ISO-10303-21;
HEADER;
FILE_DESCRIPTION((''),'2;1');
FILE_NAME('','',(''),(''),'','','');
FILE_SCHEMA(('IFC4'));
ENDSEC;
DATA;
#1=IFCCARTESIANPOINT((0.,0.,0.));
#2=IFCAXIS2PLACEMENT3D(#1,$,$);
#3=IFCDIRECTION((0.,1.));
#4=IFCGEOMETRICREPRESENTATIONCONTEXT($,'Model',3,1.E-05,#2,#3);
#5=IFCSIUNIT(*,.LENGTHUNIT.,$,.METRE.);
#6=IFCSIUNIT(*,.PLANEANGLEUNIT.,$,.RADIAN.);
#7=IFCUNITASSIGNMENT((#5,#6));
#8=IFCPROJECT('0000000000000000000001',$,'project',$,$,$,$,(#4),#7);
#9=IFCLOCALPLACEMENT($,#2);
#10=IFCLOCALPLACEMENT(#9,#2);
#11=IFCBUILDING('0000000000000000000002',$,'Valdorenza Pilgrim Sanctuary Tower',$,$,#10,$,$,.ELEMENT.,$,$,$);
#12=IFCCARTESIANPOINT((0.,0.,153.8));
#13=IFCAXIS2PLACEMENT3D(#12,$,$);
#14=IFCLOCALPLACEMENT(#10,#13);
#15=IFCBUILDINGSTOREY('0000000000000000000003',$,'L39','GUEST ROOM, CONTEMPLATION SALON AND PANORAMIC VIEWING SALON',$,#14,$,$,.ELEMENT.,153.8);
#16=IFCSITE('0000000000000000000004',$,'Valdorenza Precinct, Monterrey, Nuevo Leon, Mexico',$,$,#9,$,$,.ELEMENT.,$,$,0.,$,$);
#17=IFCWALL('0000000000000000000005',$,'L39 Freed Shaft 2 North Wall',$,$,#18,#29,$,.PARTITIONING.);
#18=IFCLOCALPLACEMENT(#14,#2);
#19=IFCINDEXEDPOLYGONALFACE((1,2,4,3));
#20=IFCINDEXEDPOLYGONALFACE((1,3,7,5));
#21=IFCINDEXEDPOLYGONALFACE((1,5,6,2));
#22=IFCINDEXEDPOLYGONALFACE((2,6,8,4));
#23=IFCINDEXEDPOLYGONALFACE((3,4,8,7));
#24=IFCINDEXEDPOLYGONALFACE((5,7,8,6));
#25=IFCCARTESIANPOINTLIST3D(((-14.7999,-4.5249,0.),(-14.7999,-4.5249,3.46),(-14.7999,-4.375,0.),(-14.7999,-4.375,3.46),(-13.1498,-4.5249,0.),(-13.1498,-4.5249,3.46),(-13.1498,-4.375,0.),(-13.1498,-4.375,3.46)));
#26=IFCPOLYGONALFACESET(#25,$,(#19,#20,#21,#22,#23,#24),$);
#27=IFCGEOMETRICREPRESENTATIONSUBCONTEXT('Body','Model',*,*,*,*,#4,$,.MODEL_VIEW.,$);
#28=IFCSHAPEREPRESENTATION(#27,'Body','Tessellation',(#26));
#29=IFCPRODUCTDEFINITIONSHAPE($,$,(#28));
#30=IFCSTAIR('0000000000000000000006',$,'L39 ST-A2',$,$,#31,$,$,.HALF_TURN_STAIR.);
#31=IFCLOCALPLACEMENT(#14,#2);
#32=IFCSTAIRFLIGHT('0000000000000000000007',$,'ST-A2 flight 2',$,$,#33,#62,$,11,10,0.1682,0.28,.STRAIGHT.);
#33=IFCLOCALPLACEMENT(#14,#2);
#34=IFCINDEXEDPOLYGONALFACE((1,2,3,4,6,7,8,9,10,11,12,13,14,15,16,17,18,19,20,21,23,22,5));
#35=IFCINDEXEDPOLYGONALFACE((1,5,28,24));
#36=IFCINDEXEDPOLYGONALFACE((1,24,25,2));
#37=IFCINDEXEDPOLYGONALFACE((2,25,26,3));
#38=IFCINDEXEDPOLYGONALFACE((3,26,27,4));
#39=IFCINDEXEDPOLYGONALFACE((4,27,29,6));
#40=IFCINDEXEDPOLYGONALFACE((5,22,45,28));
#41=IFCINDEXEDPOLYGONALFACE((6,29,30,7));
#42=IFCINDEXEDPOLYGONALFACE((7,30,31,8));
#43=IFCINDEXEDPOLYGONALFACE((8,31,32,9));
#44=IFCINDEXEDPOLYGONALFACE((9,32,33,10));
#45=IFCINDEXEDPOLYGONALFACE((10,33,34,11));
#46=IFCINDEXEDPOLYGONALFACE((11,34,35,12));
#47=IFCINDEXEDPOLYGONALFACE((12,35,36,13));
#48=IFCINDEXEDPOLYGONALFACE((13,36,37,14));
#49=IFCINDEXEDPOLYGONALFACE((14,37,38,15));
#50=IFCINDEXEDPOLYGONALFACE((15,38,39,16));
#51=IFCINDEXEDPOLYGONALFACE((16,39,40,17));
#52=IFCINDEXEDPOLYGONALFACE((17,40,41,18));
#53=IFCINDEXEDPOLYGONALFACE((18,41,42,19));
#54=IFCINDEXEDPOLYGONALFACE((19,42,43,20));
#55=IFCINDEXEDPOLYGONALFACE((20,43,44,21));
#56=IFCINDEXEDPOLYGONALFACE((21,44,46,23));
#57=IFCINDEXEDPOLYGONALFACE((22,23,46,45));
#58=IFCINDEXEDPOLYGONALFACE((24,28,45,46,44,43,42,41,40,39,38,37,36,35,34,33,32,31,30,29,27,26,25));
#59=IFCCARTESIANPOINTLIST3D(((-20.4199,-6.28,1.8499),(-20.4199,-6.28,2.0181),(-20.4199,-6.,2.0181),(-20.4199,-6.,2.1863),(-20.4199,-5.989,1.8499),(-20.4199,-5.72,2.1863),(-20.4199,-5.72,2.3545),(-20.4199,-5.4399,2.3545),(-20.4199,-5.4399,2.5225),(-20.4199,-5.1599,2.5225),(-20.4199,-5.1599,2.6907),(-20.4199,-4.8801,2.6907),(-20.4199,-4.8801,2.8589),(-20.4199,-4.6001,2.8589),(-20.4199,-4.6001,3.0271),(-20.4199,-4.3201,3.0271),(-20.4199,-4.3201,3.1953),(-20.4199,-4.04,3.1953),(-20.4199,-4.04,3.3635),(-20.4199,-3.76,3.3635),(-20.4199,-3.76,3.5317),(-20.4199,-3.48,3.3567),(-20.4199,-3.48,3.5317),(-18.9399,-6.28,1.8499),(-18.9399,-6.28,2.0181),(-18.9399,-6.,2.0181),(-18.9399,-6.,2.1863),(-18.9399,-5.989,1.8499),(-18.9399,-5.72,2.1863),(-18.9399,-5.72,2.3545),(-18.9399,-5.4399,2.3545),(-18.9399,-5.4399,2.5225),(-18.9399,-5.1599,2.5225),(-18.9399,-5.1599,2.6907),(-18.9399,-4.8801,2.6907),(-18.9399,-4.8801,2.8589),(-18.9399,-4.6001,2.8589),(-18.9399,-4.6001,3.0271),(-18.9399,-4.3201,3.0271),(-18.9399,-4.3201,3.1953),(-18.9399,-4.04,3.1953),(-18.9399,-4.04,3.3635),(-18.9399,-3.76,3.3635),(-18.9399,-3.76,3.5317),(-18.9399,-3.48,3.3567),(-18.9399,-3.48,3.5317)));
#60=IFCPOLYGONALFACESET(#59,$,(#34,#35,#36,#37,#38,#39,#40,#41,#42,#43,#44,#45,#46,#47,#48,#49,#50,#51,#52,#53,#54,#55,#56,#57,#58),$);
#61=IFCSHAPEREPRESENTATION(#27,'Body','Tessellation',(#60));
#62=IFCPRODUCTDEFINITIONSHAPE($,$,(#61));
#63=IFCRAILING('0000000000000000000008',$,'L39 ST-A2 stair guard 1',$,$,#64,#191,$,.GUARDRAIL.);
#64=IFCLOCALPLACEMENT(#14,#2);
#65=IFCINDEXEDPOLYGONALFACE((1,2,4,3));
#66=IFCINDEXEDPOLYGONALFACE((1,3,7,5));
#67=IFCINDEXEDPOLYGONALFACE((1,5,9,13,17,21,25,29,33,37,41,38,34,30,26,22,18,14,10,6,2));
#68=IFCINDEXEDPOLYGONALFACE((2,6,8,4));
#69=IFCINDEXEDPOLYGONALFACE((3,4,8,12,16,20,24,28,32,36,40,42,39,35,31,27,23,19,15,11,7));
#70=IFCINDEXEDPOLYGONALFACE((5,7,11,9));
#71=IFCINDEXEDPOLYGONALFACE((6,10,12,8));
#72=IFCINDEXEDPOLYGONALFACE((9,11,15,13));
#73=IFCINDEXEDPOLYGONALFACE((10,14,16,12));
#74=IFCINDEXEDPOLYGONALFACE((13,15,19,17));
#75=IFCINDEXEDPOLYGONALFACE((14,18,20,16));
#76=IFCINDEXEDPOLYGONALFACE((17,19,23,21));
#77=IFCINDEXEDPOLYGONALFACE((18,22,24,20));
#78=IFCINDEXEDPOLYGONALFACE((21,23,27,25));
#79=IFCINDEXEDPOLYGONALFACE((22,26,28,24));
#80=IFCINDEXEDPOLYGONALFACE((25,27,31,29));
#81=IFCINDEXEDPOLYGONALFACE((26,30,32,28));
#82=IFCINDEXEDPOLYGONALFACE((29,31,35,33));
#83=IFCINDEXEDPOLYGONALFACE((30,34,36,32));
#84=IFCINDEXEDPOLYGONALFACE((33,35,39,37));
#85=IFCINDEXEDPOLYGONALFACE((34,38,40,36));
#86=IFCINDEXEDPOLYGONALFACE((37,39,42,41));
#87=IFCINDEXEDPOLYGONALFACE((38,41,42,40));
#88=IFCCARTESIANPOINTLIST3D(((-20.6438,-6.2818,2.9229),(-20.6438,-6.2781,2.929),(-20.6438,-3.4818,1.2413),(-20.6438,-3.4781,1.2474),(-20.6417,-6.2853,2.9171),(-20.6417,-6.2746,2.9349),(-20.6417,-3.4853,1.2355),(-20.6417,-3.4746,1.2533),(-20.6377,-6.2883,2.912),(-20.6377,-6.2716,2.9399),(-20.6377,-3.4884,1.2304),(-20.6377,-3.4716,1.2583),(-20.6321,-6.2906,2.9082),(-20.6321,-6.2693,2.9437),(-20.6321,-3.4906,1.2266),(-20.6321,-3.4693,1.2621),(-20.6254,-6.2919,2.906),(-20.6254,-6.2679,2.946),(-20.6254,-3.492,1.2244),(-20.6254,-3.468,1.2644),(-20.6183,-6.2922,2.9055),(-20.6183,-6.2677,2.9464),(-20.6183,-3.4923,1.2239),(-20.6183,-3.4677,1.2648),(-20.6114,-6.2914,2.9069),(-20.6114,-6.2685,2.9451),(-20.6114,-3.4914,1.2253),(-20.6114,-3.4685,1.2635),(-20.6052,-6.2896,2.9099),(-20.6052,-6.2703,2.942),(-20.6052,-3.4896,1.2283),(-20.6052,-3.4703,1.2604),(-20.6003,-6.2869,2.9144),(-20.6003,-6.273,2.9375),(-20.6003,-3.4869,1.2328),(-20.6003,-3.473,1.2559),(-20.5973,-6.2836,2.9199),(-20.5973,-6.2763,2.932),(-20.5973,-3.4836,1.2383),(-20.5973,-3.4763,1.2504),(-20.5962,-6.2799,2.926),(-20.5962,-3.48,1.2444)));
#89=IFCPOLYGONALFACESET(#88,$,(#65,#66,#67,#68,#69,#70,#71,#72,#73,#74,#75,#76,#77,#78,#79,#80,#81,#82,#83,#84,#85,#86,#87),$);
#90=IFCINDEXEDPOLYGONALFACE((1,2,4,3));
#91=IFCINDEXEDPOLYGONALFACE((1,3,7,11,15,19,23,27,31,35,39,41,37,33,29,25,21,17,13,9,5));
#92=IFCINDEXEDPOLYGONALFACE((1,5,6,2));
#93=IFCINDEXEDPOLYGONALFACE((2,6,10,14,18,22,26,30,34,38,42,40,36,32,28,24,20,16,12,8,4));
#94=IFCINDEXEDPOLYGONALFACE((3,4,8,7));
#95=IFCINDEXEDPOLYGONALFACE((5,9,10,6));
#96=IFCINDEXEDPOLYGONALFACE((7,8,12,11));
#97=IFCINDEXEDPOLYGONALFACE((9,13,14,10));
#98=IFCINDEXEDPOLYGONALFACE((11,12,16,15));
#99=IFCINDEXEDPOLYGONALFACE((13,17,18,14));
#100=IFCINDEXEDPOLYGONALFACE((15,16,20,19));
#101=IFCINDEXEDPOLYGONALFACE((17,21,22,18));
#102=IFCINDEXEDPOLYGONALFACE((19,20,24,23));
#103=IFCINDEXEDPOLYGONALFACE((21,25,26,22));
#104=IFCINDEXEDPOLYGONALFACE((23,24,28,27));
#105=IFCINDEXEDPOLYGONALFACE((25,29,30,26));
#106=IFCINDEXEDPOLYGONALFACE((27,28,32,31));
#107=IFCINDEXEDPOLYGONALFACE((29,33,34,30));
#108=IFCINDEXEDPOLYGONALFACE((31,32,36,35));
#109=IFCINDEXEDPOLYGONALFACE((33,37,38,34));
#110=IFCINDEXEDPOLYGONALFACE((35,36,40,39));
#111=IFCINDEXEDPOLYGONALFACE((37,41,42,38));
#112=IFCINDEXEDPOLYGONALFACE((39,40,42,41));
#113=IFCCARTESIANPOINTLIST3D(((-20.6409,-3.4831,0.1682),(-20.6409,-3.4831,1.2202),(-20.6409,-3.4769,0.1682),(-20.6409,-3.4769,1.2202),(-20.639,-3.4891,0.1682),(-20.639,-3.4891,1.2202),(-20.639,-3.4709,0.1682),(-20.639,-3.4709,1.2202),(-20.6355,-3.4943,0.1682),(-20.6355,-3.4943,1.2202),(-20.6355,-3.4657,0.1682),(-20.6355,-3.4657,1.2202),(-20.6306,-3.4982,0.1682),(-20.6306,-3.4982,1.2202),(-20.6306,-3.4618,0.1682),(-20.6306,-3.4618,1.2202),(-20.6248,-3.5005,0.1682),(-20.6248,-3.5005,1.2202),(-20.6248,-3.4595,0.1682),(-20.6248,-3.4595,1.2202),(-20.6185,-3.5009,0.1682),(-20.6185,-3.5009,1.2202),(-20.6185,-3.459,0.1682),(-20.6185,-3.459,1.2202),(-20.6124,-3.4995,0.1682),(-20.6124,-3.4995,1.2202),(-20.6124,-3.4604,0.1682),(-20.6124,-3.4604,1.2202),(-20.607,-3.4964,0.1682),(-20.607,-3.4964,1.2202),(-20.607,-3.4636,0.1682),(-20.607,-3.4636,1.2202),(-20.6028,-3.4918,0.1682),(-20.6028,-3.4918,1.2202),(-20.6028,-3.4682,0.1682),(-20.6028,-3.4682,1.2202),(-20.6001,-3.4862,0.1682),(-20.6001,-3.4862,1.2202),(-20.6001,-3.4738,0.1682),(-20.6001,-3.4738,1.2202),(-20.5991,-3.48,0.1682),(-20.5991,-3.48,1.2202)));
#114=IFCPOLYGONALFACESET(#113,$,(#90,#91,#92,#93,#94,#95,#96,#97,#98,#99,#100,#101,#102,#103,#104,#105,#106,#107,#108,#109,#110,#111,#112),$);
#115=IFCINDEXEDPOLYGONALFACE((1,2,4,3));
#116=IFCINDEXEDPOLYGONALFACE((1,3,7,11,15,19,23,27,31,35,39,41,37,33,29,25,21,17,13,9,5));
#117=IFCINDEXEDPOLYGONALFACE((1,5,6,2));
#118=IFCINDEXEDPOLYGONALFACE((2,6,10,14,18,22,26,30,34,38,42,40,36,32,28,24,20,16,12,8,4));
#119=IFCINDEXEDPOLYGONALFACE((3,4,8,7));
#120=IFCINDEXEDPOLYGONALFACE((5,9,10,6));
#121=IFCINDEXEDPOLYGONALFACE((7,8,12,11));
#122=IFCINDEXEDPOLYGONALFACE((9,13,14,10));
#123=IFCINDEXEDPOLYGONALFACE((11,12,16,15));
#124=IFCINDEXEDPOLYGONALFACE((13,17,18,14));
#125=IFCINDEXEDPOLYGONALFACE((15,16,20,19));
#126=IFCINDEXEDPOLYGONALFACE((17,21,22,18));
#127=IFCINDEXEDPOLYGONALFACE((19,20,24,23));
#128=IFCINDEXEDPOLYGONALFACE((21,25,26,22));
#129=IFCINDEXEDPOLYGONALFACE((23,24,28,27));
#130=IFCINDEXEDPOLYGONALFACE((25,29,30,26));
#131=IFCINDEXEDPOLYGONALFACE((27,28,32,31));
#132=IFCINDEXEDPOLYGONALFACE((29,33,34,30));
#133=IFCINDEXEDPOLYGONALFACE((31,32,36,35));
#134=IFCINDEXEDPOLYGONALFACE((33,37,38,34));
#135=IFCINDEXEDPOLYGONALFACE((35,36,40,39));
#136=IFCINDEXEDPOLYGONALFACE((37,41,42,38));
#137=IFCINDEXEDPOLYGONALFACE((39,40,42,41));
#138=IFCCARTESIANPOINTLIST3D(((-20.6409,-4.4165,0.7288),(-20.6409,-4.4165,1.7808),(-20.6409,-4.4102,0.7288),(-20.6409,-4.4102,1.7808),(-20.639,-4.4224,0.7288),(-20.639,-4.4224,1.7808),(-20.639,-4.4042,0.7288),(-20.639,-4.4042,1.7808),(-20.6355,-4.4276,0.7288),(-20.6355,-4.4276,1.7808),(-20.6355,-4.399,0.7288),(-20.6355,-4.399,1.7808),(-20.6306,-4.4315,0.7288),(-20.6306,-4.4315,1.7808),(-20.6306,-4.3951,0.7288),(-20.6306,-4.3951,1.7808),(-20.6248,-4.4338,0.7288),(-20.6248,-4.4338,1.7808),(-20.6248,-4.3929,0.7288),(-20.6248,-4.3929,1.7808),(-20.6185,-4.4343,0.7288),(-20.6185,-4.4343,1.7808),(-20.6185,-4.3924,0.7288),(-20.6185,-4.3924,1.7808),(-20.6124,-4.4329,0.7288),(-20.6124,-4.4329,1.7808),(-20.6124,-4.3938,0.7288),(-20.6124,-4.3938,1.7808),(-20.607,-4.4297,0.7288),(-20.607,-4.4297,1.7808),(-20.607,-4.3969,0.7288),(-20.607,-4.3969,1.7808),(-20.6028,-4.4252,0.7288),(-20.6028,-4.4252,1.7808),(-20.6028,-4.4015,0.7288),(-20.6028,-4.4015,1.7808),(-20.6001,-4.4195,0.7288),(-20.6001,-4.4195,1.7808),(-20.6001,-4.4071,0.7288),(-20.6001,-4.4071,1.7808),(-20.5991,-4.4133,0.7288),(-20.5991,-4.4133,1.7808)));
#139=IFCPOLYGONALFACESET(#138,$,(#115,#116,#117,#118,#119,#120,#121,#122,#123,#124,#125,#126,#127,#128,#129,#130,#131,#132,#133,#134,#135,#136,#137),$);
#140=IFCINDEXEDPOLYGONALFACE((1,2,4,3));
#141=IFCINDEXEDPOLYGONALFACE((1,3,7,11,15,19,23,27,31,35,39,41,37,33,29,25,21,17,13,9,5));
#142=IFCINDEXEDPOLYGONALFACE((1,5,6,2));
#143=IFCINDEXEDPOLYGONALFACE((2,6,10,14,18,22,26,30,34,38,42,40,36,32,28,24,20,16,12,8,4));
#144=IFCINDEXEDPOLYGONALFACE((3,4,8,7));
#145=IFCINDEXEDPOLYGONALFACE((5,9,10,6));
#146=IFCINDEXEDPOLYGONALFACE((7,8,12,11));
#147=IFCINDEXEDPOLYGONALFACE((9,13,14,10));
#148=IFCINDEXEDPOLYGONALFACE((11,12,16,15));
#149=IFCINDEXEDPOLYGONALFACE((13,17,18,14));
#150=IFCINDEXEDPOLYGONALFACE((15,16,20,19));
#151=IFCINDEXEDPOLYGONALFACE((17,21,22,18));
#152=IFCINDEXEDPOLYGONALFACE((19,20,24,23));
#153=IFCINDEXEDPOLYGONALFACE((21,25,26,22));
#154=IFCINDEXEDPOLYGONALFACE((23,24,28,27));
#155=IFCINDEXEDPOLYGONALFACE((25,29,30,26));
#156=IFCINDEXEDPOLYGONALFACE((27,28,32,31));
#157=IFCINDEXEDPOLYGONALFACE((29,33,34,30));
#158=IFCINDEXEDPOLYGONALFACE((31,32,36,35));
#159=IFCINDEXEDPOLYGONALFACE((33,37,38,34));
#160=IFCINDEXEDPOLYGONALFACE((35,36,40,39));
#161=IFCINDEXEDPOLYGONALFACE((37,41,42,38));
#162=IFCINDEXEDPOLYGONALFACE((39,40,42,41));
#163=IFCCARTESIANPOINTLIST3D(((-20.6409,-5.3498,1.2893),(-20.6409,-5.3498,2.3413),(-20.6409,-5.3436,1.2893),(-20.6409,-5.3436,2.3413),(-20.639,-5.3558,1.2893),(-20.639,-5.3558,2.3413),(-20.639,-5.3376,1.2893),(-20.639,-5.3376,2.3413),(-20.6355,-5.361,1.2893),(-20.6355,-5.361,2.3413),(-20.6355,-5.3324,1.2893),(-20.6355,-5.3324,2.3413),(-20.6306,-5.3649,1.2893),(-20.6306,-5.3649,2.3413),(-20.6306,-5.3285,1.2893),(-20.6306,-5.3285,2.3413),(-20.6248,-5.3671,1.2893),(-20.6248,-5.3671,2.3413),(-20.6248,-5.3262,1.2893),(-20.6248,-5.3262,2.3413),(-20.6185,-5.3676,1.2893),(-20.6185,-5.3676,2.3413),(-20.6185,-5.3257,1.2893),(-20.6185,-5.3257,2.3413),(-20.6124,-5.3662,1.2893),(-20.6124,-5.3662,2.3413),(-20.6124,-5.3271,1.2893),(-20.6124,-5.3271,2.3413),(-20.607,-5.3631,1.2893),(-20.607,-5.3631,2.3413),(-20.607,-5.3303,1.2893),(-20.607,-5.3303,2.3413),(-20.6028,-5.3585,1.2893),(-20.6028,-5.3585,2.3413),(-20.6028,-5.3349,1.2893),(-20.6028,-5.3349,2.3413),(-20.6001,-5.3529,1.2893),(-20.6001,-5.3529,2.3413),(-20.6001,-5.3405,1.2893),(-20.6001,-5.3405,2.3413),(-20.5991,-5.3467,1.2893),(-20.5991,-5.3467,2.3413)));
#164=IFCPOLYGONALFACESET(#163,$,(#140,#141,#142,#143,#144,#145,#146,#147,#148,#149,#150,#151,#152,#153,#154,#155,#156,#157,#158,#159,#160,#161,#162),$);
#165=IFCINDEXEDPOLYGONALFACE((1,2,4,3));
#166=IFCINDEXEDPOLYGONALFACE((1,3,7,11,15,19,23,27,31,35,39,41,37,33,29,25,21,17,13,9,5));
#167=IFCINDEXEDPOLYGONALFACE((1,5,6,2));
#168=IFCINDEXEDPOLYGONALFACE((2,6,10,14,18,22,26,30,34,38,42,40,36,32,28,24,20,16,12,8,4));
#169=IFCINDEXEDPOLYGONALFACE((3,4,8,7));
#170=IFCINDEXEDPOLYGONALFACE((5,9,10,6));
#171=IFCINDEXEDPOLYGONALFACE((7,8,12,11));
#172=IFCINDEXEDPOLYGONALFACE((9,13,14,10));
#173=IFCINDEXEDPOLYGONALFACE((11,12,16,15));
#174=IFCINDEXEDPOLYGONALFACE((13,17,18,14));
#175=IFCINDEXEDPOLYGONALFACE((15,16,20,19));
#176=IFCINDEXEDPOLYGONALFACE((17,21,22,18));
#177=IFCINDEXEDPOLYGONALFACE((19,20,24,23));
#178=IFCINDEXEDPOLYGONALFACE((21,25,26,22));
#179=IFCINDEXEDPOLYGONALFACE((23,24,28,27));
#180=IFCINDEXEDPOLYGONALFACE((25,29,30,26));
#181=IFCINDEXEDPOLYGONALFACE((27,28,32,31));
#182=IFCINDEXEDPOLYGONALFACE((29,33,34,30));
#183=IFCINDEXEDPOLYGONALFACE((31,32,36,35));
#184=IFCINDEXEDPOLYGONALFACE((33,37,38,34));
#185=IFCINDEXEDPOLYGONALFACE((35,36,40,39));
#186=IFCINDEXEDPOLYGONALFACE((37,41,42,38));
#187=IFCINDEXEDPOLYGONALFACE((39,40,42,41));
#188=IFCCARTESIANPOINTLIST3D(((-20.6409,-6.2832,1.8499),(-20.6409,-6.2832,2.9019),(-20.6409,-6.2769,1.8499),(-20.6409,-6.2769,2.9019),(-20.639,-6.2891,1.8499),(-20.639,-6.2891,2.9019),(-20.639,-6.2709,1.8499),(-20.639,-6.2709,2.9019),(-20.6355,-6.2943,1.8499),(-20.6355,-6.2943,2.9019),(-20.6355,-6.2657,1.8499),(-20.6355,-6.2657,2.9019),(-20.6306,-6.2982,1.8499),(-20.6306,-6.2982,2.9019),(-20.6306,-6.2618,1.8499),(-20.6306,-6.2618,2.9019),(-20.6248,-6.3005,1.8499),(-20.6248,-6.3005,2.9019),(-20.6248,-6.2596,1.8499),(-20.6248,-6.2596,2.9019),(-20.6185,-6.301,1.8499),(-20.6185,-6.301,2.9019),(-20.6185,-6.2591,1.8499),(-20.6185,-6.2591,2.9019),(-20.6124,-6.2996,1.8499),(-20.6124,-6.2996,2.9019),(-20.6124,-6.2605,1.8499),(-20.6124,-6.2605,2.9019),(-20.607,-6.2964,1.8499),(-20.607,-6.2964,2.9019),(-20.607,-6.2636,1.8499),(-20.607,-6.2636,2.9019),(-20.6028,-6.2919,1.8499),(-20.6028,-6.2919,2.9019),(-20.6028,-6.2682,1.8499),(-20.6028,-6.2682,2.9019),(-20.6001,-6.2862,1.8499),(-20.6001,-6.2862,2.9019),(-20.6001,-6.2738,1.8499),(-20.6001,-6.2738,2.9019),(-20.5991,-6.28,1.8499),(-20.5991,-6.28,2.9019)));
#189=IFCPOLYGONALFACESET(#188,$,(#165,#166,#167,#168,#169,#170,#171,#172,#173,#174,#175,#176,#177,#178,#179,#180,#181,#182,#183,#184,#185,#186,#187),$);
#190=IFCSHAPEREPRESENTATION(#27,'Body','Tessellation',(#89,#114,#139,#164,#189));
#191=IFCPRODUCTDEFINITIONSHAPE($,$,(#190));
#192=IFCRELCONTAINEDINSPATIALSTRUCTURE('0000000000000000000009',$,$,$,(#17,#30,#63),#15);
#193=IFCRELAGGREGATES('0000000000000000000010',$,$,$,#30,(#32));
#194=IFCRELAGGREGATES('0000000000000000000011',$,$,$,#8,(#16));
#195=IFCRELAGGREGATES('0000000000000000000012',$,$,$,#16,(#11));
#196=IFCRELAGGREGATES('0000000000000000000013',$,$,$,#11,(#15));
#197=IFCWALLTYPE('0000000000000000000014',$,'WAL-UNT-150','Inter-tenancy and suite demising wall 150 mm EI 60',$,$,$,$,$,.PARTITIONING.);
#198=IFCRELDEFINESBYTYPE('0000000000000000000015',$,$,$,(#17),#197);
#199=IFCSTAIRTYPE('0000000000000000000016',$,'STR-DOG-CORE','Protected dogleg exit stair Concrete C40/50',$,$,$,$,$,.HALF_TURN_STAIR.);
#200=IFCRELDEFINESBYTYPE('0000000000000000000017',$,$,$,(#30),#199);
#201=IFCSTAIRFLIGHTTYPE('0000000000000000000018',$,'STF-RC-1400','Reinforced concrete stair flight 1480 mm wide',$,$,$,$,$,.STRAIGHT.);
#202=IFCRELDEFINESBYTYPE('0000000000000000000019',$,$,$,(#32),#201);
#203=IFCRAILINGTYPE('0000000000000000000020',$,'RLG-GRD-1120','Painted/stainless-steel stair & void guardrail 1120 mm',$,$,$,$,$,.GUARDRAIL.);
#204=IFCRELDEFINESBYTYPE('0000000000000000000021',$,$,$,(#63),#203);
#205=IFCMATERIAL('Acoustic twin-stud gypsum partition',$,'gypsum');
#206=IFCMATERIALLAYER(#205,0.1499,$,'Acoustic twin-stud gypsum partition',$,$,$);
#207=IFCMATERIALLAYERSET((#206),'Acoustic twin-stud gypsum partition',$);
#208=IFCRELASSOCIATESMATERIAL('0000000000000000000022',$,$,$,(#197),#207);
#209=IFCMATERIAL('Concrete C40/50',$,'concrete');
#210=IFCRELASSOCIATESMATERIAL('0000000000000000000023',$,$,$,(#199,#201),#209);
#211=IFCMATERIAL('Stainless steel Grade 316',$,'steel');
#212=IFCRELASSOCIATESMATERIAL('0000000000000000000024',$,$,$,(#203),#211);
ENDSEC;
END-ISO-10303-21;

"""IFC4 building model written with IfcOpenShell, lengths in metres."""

from ifc_helpers import new_model, si_unit, direction, frame, frame_2d, origin, origin_2d, place, context, subcontext, project, spatial, polyline, rectangle, circle, outline, extrude, material, layer, layer_set, type_object, element, aggregate, save


model = new_model("IFC4")

# Units and contexts
model_context = context("Model", 3, precision=1e-05, world=origin(), true_north=direction((0.0, 1.0)))
body_context = subcontext(model_context, "Body", "Model", "MODEL_VIEW")
ifc_project = project(units=[si_unit("LENGTHUNIT", "METRE"), si_unit("PLANEANGLEUNIT", "RADIAN")], contexts=[model_context])

# Site, building, storey
site_placement = place(None, origin())
site = spatial("IfcSite", under=ifc_project, at=site_placement, Name="Valdorenza Precinct, Monterrey, Nuevo Leon, Mexico", CompositionType="ELEMENT", RefElevation=0.0)
building_placement = place(site_placement, origin())
building = spatial("IfcBuilding", under=site, at=building_placement, Name="Valdorenza Pilgrim Sanctuary Tower", CompositionType="ELEMENT")
storey_placement = place(building_placement, frame((0.0, 0.0, 153.8)))
storey = spatial("IfcBuildingStorey", under=building, at=storey_placement, Name="L39", Description="GUEST ROOM, CONTEMPLATION SALON AND PANORAMIC VIEWING SALON", CompositionType="ELEMENT", Elevation=153.8)

# Shared definitions
ifc_material_1 = material(Name="Acoustic twin-stud gypsum partition", Category="gypsum")

# Wall
ifc_layer_1 = layer(ifc_material_1, 0.1499, Name="Acoustic twin-stud gypsum partition")
ifc_layer_set_1 = layer_set([ifc_layer_1], Name="Acoustic twin-stud gypsum partition")
wall_type_1 = type_object("IfcWallType", Name="WAL-UNT-150", Description="Inter-tenancy and suite demising wall 150 mm EI 60", PredefinedType="PARTITIONING", material=ifc_layer_set_1)
wall_1_placement = place(storey_placement, frame((-14.8, -4.45, 0.0), z_axis=(0.0, 0.0, 1.0), x_axis=(1.0, 0.0, 0.0)))
element("IfcWall", 1, at=wall_1_placement, inside=storey, type_object=wall_type_1, Name="L39 Freed Shaft 2 North Wall", PredefinedType="PARTITIONING", context=body_context, shape_type="SweptSolid", body=[
    extrude(rectangle(XDim=1.6501, YDim=0.1499, at=frame_2d((0.8252, 0.0))), origin(), (0.0, 0.0, 1.0), 3.46),
])

# Stair, stair flight
ifc_material_2 = material(Name="Concrete C40/50", Category="concrete")
stair_type = type_object("IfcStairType", Name="STR-DOG-CORE", Description="Protected dogleg exit stair Concrete C40/50", PredefinedType="HALF_TURN_STAIR", material=ifc_material_2)
stair_placement = place(storey_placement, origin())
stair = element("IfcStair", 2, at=stair_placement, inside=storey, type_object=stair_type, Name="L39 ST-A2", PredefinedType="HALF_TURN_STAIR")
stair_flight_type = type_object("IfcStairFlightType", Name="STF-RC-1400", Description="Reinforced concrete stair flight 1480 mm wide", PredefinedType="STRAIGHT", material=ifc_material_2)
stair_flight_placement = place(storey_placement, frame((-19.6799, -6.28, 1.8499), z_axis=(0.0, 0.0, 1.0), x_axis=(0.0, 1.0, 0.0)))
stair_flight = element("IfcStairFlight", 3, at=stair_flight_placement, type_object=stair_flight_type, Name="ST-A2 flight 2", NumberOfRisers=11, NumberOfTreads=10, PredefinedType="STRAIGHT", RiserHeight=0.1682, TreadLength=0.28, context=body_context, shape_type="SweptSolid", body=[
    extrude(outline(polyline([(0.0, 0.0), (0.0, 0.1682), (0.28, 0.1682), (0.28, 0.3364), (0.5601, 0.3364), (0.5601, 0.5046), (0.8401, 0.5046), (0.8401, 0.6726), (1.1201, 0.6726), (1.1201, 0.8408), (1.3999, 0.8408), (1.3999, 1.009), (1.6799, 1.009), (1.6799, 1.1772), (1.96, 1.1772), (1.96, 1.3455), (2.24, 1.3455), (2.24, 1.5137), (2.52, 1.5137), (2.52, 1.6819), (2.8, 1.6819), (2.8, 1.8501), (2.8, 1.5068), (0.291, 0.0), (0.0, 0.0)])), frame((0.0, 0.74, 0.0), z_axis=(0.0, -1.0, 0.0), x_axis=(1.0, 0.0, 0.0)), (0.0, 0.0, 1.0), 1.48),
])
aggregate(stair, [stair_flight])

# Railing
ifc_material_3 = material(Name="Stainless steel Grade 316", Category="steel")
railing_type_1 = type_object("IfcRailingType", Name="RLG-GRD-1120", Description="Painted/stainless-steel stair & void guardrail 1120 mm", PredefinedType="GUARDRAIL", material=ifc_material_3)
railing_1_placement = place(storey_placement, frame((-20.6201, -3.48, 0.1682)))
element("IfcRailing", 4, at=railing_1_placement, inside=storey, type_object=railing_type_1, Name="L39 ST-A2 stair guard 1", PredefinedType="GUARDRAIL", context=body_context, shape_type="SweptSolid", body=[
    extrude(circle(Radius=0.0239, at=origin_2d()), frame((0.0, 0.0, 1.0762), z_axis=(0.0, -0.857275, 0.514858), x_axis=(1.0, 0.0, 0.0)), (0.0, 0.0, 1.0), 3.2661),
    extrude(circle(Radius=0.021, at=origin_2d()), origin(), (0.0, 0.0, 1.0), 1.052),
    extrude(circle(Radius=0.021, at=origin_2d()), frame((0.0, -0.9333, 0.5605)), (0.0, 0.0, 1.0), 1.052),
    extrude(circle(Radius=0.021, at=origin_2d()), frame((0.0, -1.8667, 1.1211)), (0.0, 0.0, 1.0), 1.052),
    extrude(circle(Radius=0.021, at=origin_2d()), frame((0.0, -2.8, 1.6816)), (0.0, 0.0, 1.0), 1.052),
])

save(model, "model.ifc")
